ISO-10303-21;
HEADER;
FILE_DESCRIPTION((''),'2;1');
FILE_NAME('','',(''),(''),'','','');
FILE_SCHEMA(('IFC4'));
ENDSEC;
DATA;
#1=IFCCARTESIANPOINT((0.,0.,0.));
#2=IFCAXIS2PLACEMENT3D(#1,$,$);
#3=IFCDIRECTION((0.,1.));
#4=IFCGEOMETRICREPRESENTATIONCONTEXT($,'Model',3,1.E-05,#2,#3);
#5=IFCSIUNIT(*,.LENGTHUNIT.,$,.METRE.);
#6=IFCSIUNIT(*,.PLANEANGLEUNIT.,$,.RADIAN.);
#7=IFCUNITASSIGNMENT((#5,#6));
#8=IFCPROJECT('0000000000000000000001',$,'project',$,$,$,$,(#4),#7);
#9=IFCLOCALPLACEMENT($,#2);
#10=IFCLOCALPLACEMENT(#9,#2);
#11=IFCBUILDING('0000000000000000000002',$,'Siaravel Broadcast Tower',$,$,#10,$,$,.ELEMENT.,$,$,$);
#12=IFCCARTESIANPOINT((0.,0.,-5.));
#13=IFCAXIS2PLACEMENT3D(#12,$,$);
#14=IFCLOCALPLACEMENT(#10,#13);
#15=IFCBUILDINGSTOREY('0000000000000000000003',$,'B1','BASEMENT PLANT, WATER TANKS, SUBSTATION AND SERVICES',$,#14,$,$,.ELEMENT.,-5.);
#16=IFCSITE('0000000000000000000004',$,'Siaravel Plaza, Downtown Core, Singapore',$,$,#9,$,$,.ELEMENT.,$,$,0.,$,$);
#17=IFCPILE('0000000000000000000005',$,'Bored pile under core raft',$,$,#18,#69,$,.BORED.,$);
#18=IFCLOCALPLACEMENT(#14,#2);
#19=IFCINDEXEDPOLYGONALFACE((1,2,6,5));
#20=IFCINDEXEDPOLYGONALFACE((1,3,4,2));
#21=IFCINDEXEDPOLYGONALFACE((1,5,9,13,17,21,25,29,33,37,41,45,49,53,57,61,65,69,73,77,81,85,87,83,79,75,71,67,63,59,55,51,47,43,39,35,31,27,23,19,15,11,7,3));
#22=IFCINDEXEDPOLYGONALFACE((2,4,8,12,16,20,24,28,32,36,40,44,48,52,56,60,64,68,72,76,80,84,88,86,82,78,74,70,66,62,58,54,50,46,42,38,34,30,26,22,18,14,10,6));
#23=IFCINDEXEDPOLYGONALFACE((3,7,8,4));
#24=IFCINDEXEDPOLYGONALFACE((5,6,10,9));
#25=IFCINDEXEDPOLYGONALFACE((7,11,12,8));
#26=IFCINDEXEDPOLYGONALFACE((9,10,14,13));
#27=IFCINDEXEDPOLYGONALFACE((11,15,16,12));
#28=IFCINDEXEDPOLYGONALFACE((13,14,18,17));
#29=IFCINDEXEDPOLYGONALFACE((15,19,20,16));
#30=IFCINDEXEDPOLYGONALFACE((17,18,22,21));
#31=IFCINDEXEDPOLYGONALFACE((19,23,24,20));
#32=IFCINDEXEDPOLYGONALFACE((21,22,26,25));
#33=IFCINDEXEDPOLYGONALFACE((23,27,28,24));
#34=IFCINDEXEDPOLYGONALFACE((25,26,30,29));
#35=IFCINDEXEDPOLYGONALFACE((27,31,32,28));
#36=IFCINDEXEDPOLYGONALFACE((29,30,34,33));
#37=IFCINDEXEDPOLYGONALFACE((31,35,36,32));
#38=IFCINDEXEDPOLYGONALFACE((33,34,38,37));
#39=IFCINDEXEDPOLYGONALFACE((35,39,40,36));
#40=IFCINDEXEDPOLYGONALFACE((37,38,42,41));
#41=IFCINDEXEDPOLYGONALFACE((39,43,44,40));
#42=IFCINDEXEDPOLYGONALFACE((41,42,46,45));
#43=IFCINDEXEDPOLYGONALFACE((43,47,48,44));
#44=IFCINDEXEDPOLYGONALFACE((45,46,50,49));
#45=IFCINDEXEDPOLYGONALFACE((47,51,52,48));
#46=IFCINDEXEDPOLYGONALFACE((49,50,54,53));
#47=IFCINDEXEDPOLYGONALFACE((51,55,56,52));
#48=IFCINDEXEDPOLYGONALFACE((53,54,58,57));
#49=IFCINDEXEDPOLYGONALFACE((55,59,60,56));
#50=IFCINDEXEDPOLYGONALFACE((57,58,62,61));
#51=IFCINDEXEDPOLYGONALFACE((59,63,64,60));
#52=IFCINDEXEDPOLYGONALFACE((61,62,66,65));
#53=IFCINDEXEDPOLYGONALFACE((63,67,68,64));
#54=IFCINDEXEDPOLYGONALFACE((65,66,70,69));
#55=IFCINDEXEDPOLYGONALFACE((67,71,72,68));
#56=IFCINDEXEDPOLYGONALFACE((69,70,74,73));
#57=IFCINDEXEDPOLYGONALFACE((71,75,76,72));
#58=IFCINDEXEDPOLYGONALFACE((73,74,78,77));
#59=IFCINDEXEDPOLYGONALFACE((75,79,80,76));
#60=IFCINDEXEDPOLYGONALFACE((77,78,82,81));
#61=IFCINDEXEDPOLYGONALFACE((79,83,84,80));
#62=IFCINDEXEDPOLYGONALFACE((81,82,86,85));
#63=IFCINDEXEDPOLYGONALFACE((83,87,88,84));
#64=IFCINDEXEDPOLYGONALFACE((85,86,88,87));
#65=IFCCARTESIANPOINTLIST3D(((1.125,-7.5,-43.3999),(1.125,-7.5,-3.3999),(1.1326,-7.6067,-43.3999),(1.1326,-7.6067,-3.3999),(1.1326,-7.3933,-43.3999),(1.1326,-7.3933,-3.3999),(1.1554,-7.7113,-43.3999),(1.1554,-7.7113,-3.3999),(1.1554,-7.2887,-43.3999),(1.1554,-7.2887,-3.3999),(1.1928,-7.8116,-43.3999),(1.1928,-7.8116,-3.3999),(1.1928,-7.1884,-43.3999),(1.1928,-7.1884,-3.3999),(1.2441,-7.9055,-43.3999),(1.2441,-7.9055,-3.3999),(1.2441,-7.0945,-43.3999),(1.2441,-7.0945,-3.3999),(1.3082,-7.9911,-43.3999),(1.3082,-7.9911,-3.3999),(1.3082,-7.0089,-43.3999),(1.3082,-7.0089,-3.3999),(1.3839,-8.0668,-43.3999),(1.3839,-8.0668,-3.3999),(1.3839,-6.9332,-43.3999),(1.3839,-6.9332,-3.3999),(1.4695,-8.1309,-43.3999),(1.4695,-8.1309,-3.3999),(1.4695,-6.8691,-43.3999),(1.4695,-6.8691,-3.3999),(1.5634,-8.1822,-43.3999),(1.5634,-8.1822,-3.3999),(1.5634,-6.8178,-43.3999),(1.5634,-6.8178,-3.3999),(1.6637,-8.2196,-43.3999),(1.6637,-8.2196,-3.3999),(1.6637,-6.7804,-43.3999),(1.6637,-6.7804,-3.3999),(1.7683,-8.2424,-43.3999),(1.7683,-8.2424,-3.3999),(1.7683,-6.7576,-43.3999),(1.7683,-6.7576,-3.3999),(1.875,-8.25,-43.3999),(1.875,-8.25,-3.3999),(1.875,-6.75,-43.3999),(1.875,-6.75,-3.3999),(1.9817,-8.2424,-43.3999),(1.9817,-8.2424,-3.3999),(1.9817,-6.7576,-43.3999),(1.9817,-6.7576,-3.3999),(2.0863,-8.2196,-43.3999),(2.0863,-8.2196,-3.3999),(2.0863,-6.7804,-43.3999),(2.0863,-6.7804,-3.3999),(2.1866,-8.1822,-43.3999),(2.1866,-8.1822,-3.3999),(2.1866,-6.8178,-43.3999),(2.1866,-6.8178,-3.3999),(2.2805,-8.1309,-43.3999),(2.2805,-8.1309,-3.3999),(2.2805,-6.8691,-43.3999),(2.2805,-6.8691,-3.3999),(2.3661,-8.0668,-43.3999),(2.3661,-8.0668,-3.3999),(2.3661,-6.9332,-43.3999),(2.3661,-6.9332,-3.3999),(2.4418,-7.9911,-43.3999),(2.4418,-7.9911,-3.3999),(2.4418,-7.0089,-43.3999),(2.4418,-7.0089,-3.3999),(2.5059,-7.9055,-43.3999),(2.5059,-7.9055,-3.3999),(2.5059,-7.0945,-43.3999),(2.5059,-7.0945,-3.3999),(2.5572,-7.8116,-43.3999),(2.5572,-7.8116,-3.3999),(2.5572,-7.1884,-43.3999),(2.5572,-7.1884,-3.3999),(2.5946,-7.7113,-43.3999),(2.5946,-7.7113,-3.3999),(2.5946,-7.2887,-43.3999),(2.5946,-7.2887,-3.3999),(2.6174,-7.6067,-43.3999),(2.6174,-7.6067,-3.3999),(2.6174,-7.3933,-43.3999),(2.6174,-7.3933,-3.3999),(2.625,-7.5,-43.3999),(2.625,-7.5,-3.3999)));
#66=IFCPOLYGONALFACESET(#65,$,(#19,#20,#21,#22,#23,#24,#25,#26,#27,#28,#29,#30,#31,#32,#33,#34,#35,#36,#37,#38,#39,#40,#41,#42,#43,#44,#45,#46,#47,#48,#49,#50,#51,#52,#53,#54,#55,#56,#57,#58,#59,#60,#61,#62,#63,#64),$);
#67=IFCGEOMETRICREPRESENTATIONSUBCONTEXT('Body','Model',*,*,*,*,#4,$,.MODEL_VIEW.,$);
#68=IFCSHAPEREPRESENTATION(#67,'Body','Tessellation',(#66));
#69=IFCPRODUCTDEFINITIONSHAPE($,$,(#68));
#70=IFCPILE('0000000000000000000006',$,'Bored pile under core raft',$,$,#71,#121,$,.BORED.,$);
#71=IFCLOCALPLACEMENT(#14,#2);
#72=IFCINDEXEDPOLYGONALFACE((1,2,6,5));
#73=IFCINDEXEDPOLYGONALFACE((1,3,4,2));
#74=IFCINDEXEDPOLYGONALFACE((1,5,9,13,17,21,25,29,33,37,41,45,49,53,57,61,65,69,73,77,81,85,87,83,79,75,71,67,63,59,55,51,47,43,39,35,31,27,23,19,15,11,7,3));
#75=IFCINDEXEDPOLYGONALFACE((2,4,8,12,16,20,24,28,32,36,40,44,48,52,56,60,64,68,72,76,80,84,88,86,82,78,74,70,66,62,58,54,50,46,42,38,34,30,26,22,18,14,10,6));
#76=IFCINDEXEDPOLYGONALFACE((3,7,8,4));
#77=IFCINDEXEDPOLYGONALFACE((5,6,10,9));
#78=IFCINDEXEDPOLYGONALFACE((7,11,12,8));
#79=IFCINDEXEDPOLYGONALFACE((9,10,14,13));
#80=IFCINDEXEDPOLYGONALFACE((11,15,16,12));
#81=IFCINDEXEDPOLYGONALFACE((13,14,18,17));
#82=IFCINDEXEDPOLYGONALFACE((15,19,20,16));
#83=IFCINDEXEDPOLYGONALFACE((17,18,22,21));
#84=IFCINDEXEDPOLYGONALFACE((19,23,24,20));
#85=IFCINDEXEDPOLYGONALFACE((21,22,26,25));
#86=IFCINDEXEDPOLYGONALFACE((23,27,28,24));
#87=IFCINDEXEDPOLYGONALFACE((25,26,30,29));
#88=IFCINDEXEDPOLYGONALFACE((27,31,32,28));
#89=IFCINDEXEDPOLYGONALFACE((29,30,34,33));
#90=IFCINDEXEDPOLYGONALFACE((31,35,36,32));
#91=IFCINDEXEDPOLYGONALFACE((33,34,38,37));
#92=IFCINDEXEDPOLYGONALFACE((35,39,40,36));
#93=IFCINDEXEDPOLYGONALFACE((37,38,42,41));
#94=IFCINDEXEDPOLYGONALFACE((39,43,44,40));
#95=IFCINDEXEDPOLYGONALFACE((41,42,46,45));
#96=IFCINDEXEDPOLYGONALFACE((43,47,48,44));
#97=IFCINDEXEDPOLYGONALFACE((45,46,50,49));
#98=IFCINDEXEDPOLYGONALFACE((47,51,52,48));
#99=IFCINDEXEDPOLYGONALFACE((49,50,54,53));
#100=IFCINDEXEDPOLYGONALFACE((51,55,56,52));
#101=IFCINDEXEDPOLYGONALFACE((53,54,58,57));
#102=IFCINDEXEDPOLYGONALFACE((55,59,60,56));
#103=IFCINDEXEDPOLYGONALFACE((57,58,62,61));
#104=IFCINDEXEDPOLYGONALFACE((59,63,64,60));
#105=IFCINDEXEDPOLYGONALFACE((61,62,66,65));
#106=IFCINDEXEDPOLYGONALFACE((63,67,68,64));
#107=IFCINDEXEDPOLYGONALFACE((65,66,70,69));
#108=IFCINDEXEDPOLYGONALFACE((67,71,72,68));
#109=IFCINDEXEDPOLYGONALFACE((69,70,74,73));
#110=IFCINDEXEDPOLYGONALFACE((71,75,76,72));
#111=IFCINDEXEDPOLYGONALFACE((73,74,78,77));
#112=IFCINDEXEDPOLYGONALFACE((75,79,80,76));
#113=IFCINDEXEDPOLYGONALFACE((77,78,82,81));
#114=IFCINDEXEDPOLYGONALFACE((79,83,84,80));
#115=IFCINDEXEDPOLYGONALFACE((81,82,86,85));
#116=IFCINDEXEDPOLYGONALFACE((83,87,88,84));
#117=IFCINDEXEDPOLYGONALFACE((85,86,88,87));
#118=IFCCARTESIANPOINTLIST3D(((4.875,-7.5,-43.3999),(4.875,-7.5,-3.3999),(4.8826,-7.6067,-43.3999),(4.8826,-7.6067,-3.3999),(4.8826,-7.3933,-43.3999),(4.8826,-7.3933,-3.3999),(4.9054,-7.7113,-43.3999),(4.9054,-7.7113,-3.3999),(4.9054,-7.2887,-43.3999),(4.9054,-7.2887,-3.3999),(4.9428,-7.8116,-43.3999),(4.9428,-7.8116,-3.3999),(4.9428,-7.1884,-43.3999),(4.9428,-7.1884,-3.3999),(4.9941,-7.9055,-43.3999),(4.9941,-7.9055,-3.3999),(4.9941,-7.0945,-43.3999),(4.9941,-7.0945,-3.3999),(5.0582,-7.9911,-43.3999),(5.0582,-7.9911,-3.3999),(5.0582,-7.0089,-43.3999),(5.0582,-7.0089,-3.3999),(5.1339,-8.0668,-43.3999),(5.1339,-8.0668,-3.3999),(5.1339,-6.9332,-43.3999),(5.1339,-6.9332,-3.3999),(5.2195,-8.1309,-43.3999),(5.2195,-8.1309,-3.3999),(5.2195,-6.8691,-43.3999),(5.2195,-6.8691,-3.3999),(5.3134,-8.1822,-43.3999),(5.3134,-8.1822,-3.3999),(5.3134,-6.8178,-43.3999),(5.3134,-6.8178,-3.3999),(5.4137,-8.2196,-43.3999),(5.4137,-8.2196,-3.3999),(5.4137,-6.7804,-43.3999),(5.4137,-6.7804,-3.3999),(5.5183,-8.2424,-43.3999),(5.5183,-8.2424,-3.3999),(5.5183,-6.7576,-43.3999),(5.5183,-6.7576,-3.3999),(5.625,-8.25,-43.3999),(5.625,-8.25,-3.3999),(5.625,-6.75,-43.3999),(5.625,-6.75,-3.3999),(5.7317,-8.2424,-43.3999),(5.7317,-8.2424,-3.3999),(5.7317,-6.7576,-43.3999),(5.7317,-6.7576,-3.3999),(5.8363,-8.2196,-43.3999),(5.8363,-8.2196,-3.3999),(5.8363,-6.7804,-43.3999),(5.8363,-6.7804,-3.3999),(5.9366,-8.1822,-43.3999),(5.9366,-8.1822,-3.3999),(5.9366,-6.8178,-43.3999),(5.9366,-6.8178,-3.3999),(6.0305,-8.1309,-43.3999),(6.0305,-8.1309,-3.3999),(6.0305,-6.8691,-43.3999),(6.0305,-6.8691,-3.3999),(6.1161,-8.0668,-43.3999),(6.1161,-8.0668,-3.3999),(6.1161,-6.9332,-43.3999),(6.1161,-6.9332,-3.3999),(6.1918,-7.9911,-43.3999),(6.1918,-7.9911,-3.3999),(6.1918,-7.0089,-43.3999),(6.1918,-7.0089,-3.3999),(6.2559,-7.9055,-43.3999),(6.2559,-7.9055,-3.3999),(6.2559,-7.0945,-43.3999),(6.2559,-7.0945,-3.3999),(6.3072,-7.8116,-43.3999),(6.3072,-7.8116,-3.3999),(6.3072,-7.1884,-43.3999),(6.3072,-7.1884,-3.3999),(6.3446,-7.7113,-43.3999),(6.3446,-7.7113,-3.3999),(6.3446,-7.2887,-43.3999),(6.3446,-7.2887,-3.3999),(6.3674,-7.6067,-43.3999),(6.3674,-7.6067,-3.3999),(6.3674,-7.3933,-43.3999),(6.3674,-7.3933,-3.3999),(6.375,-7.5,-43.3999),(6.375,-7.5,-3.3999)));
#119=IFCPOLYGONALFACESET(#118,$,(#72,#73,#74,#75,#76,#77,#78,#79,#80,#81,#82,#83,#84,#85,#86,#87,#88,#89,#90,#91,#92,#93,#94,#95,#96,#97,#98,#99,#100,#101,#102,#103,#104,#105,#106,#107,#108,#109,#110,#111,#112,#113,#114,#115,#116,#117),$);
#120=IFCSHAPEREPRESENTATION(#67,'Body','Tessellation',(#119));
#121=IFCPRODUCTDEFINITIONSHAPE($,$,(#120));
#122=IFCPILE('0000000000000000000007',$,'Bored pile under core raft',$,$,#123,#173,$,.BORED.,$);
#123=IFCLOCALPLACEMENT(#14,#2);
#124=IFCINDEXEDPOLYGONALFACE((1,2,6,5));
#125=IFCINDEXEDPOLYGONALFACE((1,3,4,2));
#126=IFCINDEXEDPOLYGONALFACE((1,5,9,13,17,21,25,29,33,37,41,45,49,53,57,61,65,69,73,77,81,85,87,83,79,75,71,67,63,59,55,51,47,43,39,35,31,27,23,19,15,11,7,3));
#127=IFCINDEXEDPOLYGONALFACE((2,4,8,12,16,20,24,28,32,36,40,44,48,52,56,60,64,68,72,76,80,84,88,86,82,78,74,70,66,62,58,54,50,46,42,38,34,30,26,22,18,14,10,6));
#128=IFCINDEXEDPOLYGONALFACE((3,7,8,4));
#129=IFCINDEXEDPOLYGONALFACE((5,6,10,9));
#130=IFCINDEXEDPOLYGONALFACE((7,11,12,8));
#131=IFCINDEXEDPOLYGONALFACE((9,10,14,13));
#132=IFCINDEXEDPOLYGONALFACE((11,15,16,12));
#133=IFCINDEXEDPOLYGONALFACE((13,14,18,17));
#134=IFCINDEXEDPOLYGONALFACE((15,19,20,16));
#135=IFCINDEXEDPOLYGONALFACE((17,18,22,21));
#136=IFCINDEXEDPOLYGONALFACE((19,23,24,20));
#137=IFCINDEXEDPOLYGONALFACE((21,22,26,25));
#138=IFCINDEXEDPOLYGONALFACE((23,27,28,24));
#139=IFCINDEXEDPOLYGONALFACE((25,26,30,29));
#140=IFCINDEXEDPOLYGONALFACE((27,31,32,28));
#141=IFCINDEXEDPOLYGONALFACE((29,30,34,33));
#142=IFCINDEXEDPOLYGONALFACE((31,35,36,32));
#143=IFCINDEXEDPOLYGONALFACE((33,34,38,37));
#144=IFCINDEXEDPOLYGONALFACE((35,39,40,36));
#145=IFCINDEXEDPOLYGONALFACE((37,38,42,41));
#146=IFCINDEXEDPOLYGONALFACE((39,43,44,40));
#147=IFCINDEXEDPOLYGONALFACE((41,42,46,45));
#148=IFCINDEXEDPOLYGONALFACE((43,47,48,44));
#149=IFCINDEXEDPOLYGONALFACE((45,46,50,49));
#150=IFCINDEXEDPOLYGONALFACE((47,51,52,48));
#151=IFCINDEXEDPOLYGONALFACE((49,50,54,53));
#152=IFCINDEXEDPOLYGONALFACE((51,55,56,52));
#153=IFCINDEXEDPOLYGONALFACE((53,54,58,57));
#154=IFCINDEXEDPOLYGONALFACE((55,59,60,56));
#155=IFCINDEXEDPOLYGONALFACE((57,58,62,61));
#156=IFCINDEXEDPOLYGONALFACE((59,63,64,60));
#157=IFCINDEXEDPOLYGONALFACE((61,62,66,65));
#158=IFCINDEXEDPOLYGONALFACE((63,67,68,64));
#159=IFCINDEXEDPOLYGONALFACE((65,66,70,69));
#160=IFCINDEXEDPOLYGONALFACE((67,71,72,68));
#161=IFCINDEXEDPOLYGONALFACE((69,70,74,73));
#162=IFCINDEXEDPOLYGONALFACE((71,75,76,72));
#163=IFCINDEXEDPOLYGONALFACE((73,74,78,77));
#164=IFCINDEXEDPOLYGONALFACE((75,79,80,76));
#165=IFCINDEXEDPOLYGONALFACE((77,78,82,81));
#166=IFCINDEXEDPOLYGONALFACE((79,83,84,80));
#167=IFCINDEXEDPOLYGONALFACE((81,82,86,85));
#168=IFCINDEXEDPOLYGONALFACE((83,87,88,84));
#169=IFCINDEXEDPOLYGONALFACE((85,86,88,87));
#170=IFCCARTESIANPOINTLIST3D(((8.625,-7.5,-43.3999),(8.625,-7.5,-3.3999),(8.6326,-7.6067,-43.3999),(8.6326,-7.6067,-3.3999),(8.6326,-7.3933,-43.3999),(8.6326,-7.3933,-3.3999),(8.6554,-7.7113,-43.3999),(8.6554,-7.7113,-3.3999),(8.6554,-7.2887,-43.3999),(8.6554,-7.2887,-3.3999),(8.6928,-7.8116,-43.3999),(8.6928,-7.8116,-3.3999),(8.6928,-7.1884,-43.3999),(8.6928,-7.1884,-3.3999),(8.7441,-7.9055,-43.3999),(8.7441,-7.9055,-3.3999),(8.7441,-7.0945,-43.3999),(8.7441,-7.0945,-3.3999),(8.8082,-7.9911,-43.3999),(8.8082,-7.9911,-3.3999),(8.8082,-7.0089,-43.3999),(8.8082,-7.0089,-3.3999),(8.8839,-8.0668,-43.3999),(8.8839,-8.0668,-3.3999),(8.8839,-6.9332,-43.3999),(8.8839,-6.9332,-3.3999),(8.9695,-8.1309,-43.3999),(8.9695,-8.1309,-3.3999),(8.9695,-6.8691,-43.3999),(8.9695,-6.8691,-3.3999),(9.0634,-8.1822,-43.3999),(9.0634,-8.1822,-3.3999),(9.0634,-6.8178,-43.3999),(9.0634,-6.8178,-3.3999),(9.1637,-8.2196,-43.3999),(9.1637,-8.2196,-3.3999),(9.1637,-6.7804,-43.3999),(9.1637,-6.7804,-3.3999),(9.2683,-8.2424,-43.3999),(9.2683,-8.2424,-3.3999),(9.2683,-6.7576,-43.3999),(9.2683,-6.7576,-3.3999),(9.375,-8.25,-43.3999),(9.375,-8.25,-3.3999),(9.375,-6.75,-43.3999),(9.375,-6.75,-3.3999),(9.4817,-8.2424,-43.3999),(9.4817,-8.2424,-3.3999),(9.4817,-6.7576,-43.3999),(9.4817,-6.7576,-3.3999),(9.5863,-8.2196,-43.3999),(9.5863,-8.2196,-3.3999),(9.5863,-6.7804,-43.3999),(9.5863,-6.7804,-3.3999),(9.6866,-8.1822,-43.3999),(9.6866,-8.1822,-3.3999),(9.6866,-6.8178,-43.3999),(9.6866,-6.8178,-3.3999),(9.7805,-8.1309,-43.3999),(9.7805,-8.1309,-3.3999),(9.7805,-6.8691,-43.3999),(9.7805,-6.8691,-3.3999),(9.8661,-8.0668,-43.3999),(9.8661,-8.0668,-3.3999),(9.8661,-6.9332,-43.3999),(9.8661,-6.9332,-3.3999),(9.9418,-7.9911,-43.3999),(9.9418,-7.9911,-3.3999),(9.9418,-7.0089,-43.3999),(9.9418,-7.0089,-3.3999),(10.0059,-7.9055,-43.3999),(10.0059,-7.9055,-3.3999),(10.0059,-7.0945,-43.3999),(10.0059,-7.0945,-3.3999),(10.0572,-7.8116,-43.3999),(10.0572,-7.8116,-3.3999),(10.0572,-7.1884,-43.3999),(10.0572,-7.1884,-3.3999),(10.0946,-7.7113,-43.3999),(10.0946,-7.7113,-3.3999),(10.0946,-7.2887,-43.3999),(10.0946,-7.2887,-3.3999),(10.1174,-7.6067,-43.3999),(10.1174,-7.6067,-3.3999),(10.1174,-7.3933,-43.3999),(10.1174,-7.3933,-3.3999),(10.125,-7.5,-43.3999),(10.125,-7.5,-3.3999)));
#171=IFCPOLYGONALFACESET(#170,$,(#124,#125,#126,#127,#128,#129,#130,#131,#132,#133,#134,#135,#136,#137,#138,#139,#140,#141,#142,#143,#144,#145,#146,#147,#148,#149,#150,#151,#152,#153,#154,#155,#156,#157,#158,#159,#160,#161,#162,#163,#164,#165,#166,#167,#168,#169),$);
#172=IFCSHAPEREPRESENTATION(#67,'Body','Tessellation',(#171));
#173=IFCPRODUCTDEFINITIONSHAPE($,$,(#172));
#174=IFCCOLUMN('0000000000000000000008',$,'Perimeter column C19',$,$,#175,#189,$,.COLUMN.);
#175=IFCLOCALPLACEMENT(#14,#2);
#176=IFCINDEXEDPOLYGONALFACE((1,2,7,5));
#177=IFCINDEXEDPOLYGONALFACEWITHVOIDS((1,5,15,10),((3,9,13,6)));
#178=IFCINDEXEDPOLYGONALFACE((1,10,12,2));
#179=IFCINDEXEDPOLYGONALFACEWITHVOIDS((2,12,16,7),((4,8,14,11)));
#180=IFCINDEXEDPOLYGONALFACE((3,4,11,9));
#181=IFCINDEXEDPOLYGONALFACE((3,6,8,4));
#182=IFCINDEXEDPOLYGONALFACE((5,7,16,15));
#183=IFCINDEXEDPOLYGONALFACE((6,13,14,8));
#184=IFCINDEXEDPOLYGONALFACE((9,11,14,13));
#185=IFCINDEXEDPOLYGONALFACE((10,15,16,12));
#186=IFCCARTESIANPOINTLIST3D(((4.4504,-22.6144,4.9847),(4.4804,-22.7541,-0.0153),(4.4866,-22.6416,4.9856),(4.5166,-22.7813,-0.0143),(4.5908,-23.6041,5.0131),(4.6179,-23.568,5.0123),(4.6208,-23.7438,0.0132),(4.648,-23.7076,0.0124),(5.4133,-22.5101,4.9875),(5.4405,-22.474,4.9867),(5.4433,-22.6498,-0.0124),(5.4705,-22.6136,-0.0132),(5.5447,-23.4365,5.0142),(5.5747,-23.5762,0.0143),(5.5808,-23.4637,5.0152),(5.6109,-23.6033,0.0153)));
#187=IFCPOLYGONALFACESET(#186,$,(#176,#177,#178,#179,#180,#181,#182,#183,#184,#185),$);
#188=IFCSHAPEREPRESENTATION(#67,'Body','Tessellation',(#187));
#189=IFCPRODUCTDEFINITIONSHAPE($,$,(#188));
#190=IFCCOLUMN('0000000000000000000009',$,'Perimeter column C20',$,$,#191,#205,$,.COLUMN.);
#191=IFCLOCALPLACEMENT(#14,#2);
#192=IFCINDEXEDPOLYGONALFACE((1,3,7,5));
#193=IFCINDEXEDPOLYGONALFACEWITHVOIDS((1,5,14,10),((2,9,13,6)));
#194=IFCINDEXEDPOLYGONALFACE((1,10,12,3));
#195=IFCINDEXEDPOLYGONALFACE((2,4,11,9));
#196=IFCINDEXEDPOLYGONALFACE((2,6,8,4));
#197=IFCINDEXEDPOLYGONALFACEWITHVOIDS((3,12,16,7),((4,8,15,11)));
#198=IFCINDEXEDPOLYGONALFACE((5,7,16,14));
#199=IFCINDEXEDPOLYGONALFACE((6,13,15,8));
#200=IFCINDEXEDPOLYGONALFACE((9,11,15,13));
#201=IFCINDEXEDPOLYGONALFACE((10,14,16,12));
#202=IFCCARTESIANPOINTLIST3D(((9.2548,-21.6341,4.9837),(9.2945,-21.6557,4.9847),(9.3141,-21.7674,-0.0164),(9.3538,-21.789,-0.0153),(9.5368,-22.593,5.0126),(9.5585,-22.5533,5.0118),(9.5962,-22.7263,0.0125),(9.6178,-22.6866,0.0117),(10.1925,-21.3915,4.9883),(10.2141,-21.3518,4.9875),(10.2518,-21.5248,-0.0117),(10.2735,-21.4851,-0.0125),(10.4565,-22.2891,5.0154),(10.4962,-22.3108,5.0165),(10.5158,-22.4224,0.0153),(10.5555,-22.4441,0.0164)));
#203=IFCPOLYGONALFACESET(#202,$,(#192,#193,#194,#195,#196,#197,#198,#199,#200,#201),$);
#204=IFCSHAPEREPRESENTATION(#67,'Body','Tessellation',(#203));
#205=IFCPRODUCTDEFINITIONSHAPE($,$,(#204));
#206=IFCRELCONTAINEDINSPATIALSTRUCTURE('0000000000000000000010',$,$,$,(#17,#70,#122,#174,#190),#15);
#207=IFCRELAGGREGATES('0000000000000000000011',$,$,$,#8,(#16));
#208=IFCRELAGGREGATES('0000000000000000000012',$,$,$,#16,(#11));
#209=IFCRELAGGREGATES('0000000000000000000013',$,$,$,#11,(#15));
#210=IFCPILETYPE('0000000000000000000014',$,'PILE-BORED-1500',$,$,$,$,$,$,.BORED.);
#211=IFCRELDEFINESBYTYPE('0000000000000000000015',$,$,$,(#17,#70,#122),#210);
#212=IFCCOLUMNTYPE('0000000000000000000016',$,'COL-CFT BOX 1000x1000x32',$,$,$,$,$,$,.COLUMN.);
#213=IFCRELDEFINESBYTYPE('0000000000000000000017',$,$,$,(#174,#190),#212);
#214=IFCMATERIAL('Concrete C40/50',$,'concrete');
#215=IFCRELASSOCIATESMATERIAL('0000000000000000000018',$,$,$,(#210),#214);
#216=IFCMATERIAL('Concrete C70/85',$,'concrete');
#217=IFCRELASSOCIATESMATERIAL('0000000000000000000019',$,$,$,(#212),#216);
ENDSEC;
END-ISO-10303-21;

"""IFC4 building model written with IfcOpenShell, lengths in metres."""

from ifc_helpers import new_model, si_unit, direction, frame, origin, origin_2d, place, context, subcontext, project, spatial, hollow_rectangle, circle, extrude, material, material_profile, profile_set, type_object, element, save


model = new_model("IFC4")

# Units and contexts
model_context = context("Model", 3, precision=1e-05, world=origin(), true_north=direction((0.0, 1.0)))
body_context = subcontext(model_context, "Body", "Model", "MODEL_VIEW")
ifc_project = project(units=[si_unit("LENGTHUNIT", "METRE"), si_unit("PLANEANGLEUNIT", "RADIAN")], contexts=[model_context])

# Site, building, storey
site_placement = place(None, origin())
site = spatial("IfcSite", under=ifc_project, at=site_placement, Name="Siaravel Plaza, Downtown Core, Singapore", CompositionType="ELEMENT", RefElevation=0.0)
building_placement = place(site_placement, origin())
building = spatial("IfcBuilding", under=site, at=building_placement, Name="Siaravel Broadcast Tower", CompositionType="ELEMENT")
storey_placement = place(building_placement, frame((0.0, 0.0, -5.0)))
storey = spatial("IfcBuildingStorey", under=building, at=storey_placement, Name="B1", Description="BASEMENT PLANT, WATER TANKS, SUBSTATION AND SERVICES", CompositionType="ELEMENT", Elevation=-5.0)

# Shared definitions
ifc_material_1 = material(Name="Concrete C40/50", Category="concrete")

# Piles
ifc_material_profile_1 = material_profile(ifc_material_1, circle(Radius=0.75, at=origin_2d()))
ifc_profile_set_1 = profile_set([ifc_material_profile_1], Name="Concrete C40/50")
pile_type_1 = type_object("IfcPileType", Name="PILE-BORED-1500", PredefinedType="BORED", material=ifc_profile_set_1)
for number, where, z_axis, x_axis, name in (
    (1, (1.875, -7.5, -3.3999), (0.0, 0.0, -1.0), (1.0, 0.0, 0.0), "Bored pile under core raft"),
    (2, (5.625, -7.5, -3.3999), (0.0, 0.0, -1.0), (1.0, 0.0, 0.0), "Bored pile under core raft"),
    (3, (9.375, -7.5, -3.3999), (0.0, 0.0, -1.0), (1.0, 0.0, 0.0), "Bored pile under core raft"),
):
    element("IfcPile", number, at=place(storey_placement, frame(where, z_axis=z_axis, x_axis=x_axis)), inside=storey, type_object=pile_type_1, Name=name, PredefinedType="BORED", context=body_context, shape_type="SweptSolid", body=[
        extrude(circle(Radius=0.75, at=origin_2d()), origin(), (0.0, 0.0, 1.0), 40.0),
    ])

# Columns
ifc_material_2 = material(Name="Concrete C70/85", Category="concrete")
ifc_material_profile_2 = material_profile(ifc_material_2, hollow_rectangle(XDim=1.0, YDim=1.0, WallThickness=0.032, at=origin_2d()))
ifc_profile_set_2 = profile_set([ifc_material_profile_2], Name="Concrete C70/85")
column_type_1 = type_object("IfcColumnType", Name="COL-CFT BOX 1000x1000x32", PredefinedType="COLUMN", material=ifc_profile_set_2)
column_1_placement = place(storey_placement, frame((5.0457, -23.1787, 0.0), z_axis=(-0.006003, 0.027918, 0.999592), x_axis=(-0.990084, -0.140459, -0.002023)))
element("IfcColumn", 4, at=column_1_placement, inside=storey, type_object=column_type_1, Name="Perimeter column C19", PredefinedType="COLUMN", context=body_context, shape_type="SweptSolid", body=[
    extrude(hollow_rectangle(XDim=1.0, YDim=1.0, WallThickness=0.032, at=origin_2d()), origin(), (0.0, 0.0, 1.0), 5.002),
])
column_2_placement = place(storey_placement, frame((9.9348, -22.1057, 0.0), z_axis=(-0.01186, 0.026649, 0.999574), x_axis=(-0.959327, -0.28227, -0.003857)))
element("IfcColumn", 5, at=column_2_placement, inside=storey, type_object=column_type_1, Name="Perimeter column C20", PredefinedType="COLUMN", context=body_context, shape_type="SweptSolid", body=[
    extrude(hollow_rectangle(XDim=1.0, YDim=1.0, WallThickness=0.032, at=origin_2d()), origin(), (0.0, 0.0, 1.0), 5.0022),
])

save(model, "model.ifc")
